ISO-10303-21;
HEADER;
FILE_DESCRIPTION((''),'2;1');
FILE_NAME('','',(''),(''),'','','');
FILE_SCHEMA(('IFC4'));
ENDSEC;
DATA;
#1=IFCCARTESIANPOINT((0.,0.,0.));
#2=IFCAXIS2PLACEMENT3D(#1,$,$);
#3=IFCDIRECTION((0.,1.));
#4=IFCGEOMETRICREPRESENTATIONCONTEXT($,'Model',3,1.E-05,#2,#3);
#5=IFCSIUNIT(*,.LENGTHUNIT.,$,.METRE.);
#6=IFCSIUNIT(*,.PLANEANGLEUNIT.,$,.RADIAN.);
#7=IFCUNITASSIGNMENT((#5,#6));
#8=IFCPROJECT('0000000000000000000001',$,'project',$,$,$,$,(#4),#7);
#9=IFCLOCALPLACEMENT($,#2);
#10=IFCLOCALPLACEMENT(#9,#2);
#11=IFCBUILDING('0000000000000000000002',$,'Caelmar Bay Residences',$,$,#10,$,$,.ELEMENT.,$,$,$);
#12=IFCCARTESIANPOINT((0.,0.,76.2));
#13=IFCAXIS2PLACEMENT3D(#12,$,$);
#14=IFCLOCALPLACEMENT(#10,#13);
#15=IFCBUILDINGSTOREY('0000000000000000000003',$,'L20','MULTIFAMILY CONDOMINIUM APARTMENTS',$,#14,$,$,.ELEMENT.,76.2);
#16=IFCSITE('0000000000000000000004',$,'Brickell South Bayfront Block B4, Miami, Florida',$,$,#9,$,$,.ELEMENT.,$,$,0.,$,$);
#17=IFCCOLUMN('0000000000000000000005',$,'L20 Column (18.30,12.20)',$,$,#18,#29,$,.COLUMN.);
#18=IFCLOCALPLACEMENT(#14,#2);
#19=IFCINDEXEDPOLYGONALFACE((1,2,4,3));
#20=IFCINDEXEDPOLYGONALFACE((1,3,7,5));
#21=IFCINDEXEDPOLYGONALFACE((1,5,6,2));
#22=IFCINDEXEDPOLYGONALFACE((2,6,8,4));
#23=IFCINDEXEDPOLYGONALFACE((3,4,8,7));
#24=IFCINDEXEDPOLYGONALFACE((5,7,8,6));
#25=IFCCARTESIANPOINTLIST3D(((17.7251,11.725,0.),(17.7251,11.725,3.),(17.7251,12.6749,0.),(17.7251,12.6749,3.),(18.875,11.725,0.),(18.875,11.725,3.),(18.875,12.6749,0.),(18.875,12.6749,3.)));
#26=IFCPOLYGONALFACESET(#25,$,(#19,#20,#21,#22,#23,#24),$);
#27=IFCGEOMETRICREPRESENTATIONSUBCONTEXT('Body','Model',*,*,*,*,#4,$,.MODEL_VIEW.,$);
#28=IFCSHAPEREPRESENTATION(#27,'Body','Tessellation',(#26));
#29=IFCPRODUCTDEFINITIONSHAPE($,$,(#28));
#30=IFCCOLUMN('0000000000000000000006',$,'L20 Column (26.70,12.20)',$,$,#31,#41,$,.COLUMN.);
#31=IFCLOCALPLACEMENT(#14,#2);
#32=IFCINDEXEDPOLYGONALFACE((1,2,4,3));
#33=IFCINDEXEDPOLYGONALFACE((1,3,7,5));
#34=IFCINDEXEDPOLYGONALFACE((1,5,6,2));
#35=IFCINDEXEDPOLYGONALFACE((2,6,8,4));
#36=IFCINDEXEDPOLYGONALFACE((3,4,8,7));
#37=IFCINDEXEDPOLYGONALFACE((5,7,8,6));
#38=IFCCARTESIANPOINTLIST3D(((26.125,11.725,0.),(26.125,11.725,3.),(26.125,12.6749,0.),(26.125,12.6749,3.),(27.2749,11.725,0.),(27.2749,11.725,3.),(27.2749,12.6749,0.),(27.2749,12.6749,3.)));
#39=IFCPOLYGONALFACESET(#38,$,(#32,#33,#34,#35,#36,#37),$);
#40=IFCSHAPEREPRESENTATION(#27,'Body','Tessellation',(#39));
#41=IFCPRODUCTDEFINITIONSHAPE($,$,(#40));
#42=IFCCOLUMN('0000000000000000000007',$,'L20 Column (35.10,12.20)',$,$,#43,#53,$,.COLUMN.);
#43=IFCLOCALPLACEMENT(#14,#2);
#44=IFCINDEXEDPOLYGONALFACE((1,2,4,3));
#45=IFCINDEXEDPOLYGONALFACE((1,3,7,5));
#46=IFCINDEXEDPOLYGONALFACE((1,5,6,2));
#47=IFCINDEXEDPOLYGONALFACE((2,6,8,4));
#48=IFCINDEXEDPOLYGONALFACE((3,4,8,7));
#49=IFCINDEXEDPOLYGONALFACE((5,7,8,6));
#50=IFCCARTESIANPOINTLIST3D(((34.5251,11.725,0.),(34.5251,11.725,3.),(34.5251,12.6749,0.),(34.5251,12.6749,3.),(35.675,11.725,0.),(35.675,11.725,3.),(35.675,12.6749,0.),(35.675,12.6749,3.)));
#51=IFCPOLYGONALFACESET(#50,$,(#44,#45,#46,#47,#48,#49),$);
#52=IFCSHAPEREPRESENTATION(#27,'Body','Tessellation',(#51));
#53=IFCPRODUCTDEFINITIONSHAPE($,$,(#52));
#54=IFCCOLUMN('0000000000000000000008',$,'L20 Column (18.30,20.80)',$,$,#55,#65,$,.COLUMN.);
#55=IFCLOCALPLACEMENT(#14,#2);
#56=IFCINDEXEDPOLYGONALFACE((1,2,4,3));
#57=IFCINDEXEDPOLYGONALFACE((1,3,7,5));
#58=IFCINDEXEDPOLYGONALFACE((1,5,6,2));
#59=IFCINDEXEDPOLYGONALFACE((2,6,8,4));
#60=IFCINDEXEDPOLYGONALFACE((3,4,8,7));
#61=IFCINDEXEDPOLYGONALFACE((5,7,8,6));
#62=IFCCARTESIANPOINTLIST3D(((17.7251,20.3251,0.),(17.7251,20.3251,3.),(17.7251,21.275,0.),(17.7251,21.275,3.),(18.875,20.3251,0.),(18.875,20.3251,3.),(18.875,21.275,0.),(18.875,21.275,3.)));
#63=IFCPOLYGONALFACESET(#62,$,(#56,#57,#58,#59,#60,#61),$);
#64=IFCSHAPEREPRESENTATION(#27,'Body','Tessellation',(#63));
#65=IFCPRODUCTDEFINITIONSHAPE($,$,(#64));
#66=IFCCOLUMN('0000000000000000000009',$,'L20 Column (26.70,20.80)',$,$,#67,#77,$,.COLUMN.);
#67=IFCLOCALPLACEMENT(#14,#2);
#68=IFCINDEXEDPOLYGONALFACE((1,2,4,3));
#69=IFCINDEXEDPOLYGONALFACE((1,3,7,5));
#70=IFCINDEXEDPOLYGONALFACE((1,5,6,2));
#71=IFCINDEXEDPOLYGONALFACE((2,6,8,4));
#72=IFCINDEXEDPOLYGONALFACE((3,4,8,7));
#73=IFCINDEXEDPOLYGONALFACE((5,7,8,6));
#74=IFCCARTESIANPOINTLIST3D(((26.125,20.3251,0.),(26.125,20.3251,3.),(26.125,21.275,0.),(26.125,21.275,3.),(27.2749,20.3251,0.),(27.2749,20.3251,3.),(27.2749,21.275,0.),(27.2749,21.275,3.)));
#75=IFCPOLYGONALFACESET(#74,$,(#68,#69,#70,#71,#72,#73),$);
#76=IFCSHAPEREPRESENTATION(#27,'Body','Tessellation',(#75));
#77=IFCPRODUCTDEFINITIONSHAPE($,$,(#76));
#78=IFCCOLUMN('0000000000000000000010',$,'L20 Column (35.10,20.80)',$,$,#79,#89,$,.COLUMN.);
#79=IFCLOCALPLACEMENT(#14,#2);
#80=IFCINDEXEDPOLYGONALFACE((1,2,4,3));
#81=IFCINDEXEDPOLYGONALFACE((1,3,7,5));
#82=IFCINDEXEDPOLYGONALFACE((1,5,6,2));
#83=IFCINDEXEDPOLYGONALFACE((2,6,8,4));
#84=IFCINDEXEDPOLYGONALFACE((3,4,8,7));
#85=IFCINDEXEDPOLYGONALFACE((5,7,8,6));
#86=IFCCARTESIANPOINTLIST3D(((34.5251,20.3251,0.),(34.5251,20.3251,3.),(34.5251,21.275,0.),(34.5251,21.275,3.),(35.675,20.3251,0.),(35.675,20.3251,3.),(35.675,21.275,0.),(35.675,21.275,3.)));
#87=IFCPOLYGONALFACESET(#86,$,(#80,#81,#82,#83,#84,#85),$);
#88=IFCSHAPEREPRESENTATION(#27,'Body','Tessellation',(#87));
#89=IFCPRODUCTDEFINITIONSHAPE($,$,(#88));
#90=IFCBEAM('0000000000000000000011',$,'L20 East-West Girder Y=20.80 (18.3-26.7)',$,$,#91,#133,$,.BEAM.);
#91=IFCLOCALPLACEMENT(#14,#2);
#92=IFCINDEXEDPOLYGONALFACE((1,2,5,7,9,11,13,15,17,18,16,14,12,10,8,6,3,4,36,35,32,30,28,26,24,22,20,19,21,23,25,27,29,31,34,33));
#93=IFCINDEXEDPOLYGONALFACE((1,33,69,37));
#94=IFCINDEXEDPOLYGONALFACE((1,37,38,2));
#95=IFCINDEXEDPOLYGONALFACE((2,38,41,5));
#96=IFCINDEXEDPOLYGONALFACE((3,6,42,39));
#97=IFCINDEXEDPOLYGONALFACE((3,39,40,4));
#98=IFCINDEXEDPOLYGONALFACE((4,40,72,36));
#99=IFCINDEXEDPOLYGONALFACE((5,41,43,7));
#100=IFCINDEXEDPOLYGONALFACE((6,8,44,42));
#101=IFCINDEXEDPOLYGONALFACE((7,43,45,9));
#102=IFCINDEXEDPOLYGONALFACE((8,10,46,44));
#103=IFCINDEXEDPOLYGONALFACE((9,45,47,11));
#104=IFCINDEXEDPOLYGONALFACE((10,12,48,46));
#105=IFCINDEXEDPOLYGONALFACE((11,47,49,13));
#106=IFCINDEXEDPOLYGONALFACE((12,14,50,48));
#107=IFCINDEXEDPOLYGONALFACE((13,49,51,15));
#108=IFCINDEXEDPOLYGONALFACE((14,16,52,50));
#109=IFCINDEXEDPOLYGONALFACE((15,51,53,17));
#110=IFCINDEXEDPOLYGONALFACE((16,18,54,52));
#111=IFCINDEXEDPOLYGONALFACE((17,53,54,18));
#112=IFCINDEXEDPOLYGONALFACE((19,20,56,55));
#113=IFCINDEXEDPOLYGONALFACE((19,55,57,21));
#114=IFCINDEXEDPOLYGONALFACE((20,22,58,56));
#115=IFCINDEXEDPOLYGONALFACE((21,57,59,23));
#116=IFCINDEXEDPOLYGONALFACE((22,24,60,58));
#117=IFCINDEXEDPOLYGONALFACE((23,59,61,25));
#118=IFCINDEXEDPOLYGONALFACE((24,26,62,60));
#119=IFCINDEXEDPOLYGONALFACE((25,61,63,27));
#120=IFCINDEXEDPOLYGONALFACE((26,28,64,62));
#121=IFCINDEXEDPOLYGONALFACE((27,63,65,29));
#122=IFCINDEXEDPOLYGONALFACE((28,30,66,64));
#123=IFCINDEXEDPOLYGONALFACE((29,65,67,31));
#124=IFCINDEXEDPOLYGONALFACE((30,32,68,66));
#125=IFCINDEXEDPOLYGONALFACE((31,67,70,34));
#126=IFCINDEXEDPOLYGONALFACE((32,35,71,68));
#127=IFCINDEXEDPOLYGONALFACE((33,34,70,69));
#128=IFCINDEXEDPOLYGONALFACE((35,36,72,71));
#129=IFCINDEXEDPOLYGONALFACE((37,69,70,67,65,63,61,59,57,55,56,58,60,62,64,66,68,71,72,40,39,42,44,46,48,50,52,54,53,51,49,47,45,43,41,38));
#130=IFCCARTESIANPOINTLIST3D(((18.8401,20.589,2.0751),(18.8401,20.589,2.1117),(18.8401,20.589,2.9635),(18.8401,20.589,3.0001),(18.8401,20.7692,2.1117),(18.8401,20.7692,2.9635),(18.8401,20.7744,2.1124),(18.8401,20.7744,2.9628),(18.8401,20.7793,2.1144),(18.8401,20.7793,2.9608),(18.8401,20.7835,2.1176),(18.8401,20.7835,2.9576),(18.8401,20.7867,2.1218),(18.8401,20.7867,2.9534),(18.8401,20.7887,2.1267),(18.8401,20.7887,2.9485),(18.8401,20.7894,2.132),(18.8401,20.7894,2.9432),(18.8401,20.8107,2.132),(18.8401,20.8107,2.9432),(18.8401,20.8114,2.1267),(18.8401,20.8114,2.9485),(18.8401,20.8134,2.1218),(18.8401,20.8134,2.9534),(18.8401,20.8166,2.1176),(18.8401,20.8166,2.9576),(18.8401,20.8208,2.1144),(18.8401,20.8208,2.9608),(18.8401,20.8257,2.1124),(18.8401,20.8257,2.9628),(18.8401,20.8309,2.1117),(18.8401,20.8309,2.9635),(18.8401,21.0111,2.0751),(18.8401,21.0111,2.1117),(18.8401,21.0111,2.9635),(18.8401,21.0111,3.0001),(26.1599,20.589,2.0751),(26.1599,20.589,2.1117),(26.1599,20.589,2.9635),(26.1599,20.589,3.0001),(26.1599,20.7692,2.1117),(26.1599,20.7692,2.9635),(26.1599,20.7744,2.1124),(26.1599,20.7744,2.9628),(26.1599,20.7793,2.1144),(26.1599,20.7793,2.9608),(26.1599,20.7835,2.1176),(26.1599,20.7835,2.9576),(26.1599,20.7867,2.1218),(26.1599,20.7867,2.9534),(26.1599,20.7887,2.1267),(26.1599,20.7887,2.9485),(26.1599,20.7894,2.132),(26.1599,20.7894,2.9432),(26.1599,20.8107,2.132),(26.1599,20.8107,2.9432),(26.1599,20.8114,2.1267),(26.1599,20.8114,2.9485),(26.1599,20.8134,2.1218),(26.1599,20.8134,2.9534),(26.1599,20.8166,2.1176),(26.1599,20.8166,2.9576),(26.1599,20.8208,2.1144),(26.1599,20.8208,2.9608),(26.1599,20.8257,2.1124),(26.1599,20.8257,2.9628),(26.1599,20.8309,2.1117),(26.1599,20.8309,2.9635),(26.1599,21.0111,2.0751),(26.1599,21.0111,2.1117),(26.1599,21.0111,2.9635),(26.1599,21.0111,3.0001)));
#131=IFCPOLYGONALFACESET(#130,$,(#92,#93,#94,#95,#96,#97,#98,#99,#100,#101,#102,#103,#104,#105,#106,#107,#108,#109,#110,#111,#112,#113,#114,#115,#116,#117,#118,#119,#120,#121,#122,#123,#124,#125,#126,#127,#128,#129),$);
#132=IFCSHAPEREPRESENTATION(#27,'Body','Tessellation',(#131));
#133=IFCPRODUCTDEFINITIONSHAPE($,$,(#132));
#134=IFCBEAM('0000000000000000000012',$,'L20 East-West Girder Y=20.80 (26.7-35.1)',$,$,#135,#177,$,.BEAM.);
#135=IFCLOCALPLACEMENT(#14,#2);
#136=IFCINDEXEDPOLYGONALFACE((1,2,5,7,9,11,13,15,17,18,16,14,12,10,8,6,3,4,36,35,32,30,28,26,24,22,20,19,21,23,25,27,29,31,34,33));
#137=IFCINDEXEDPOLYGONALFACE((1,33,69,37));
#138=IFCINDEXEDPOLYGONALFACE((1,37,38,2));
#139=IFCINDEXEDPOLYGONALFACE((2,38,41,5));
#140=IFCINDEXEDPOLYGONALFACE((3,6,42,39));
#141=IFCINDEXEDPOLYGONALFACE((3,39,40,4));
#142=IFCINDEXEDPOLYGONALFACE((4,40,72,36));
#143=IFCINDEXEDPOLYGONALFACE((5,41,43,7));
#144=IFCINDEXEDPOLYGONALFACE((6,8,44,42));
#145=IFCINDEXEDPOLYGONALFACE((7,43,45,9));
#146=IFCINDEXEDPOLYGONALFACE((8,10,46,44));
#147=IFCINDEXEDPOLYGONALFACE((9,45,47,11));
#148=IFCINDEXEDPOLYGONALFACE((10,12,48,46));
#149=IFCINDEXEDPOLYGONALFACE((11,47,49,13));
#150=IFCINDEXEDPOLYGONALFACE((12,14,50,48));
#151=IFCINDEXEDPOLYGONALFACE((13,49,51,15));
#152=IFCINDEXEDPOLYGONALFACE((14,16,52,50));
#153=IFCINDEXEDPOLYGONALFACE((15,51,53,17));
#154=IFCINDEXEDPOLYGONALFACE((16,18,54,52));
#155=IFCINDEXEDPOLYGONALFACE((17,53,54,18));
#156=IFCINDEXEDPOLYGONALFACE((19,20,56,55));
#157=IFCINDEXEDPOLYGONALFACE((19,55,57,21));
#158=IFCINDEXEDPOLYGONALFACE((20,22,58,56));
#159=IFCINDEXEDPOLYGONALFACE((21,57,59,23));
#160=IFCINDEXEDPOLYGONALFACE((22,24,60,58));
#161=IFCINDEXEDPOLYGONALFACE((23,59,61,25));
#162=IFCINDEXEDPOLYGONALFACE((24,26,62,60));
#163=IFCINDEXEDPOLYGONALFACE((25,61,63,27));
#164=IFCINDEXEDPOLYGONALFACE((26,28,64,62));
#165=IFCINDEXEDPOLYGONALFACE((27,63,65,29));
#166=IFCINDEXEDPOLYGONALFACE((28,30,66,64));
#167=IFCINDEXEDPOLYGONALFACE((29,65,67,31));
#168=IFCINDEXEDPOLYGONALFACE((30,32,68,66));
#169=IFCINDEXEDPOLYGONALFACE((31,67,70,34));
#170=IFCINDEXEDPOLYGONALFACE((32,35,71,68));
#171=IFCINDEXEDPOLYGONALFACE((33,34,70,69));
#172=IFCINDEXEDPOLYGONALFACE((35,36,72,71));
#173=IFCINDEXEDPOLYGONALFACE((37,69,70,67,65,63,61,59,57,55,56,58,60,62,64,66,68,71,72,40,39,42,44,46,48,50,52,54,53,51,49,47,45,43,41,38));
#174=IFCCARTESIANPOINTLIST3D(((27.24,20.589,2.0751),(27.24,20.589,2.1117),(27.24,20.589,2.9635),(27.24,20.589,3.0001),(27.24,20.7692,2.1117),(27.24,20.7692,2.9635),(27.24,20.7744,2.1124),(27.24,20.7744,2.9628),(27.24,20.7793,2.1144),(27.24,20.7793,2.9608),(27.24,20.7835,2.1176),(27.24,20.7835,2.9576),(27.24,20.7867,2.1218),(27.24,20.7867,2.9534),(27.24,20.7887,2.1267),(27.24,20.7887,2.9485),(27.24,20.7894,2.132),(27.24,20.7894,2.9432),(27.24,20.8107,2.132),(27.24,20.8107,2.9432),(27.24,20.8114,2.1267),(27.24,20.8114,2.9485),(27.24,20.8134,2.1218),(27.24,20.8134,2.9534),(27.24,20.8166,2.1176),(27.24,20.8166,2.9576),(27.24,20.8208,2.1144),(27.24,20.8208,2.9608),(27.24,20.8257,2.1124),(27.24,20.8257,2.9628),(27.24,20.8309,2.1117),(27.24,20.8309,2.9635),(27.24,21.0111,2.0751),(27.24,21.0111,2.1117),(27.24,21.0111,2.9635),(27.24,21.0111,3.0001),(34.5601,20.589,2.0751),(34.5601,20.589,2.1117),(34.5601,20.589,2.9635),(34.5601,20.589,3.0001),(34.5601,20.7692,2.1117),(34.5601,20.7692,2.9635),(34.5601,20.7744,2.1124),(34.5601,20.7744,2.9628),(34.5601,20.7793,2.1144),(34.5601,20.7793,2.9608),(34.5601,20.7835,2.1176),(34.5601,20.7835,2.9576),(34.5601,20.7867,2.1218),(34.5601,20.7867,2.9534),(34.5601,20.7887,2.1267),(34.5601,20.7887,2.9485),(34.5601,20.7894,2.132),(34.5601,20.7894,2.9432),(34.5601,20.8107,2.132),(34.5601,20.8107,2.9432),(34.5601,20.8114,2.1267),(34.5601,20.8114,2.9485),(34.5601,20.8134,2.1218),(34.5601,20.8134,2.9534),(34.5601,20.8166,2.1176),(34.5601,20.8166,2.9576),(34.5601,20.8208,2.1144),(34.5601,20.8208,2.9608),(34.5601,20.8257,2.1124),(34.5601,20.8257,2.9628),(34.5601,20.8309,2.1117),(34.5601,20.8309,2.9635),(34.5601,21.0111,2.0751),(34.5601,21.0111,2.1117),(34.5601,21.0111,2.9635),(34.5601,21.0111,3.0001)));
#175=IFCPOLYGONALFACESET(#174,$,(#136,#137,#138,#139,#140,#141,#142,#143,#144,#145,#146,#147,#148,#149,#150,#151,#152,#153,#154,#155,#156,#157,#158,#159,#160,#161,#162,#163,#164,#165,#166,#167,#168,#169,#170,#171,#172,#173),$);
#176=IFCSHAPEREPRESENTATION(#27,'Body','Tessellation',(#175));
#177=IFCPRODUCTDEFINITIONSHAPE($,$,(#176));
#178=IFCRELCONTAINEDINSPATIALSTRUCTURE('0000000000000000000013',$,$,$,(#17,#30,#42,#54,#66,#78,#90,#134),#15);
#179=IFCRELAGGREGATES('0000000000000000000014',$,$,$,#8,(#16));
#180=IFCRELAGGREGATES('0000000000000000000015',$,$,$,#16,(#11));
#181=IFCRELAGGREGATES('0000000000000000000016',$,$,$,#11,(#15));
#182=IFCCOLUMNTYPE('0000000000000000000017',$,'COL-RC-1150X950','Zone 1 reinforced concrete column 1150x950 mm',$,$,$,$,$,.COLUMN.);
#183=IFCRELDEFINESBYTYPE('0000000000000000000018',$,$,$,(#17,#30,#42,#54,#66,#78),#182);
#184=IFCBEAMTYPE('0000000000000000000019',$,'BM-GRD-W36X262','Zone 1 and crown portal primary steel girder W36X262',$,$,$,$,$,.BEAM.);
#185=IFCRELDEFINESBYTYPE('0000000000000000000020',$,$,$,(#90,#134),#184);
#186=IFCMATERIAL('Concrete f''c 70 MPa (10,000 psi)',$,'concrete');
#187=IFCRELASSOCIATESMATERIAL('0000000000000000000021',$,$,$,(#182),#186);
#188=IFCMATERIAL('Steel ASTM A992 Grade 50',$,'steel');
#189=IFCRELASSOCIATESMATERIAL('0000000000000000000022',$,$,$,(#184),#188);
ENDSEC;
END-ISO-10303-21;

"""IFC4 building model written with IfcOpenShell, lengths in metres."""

from ifc_helpers import new_model, si_unit, direction, frame, origin, origin_2d, place, context, subcontext, project, spatial, rectangle, i_section, extrude, material, material_profile, profile_set, type_object, element, save


model = new_model("IFC4")

# Units and contexts
model_context = context("Model", 3, precision=1e-05, world=origin(), true_north=direction((0.0, 1.0)))
body_context = subcontext(model_context, "Body", "Model", "MODEL_VIEW")
ifc_project = project(units=[si_unit("LENGTHUNIT", "METRE"), si_unit("PLANEANGLEUNIT", "RADIAN")], contexts=[model_context])

# Site, building, storey
site_placement = place(None, origin())
site = spatial("IfcSite", under=ifc_project, at=site_placement, Name="Brickell South Bayfront Block B4, Miami, Florida", CompositionType="ELEMENT", RefElevation=0.0)
building_placement = place(site_placement, origin())
building = spatial("IfcBuilding", under=site, at=building_placement, Name="Caelmar Bay Residences", CompositionType="ELEMENT")
storey_placement = place(building_placement, frame((0.0, 0.0, 76.2)))
storey = spatial("IfcBuildingStorey", under=building, at=storey_placement, Name="L20", Description="MULTIFAMILY CONDOMINIUM APARTMENTS", CompositionType="ELEMENT", Elevation=76.2)

# Columns
ifc_material_1 = material(Name="Concrete f'c 70 MPa (10,000 psi)", Category="concrete")
ifc_material_profile_1 = material_profile(ifc_material_1, rectangle(XDim=1.1499, YDim=0.95, at=origin_2d()), Name="RC-COL-1150X950")
ifc_profile_set_1 = profile_set([ifc_material_profile_1], Name="Concrete f'c 70 MPa (10,000 psi)")
column_type = type_object("IfcColumnType", Name="COL-RC-1150X950", Description="Zone 1 reinforced concrete column 1150x950 mm", PredefinedType="COLUMN", material=ifc_profile_set_1)
for number, where, z_axis, x_axis, name in (
    (1, (18.3, 12.2, 0.0), (0.0, 0.0, 1.0), (1.0, 0.0, 0.0), "L20 Column (18.30,12.20)"),
    (2, (26.7, 12.2, 0.0), (0.0, 0.0, 1.0), (1.0, 0.0, 0.0), "L20 Column (26.70,12.20)"),
    (3, (35.1001, 12.2, 0.0), (0.0, 0.0, 1.0), (1.0, 0.0, 0.0), "L20 Column (35.10,12.20)"),
    (4, (18.3, 20.8, 0.0), (0.0, 0.0, 1.0), (1.0, 0.0, 0.0), "L20 Column (18.30,20.80)"),
    (5, (26.7, 20.8, 0.0), (0.0, 0.0, 1.0), (1.0, 0.0, 0.0), "L20 Column (26.70,20.80)"),
    (6, (35.1001, 20.8, 0.0), (0.0, 0.0, 1.0), (1.0, 0.0, 0.0), "L20 Column (35.10,20.80)"),
):
    element("IfcColumn", number, at=place(storey_placement, frame(where, z_axis=z_axis, x_axis=x_axis)), inside=storey, type_object=column_type, Name=name, PredefinedType="COLUMN", context=body_context, shape_type="SweptSolid", body=[
        extrude(rectangle(XDim=1.1499, YDim=0.95, at=origin_2d()), origin(), (0.0, 0.0, 1.0), 3.0),
    ])

# Beams
ifc_material_2 = material(Name="Steel ASTM A992 Grade 50", Category="steel")
ifc_material_profile_2 = material_profile(ifc_material_2, i_section(OverallWidth=0.4221, OverallDepth=0.925, WebThickness=0.0212, FlangeThickness=0.0366, FilletRadius=0.0203, at=origin_2d()), Name="W36X262")
ifc_profile_set_2 = profile_set([ifc_material_profile_2], Name="Steel ASTM A992 Grade 50")
beam_type_1 = type_object("IfcBeamType", Name="BM-GRD-W36X262", Description="Zone 1 and crown portal primary steel girder W36X262", PredefinedType="BEAM", material=ifc_profile_set_2)
beam_1_placement = place(storey_placement, frame((18.8401, 20.8, 2.5376), z_axis=(1.0, 0.0, 0.0), x_axis=(0.0, 1.0, 0.0)))
element("IfcBeam", 7, at=beam_1_placement, inside=storey, type_object=beam_type_1, Name="L20 East-West Girder Y=20.80 (18.3-26.7)", PredefinedType="BEAM", context=body_context, shape_type="SweptSolid", body=[
    extrude(i_section(OverallWidth=0.4221, OverallDepth=0.925, WebThickness=0.0212, FlangeThickness=0.0366, FilletRadius=0.0203, at=origin_2d()), origin(), (0.0, 0.0, 1.0), 7.3198),
])
beam_2_placement = place(storey_placement, frame((27.24, 20.8, 2.5376), z_axis=(1.0, 0.0, 0.0), x_axis=(0.0, 1.0, 0.0)))
element("IfcBeam", 8, at=beam_2_placement, inside=storey, type_object=beam_type_1, Name="L20 East-West Girder Y=20.80 (26.7-35.1)", PredefinedType="BEAM", context=body_context, shape_type="SweptSolid", body=[
    extrude(i_section(OverallWidth=0.4221, OverallDepth=0.925, WebThickness=0.0212, FlangeThickness=0.0366, FilletRadius=0.0203, at=origin_2d()), origin(), (0.0, 0.0, 1.0), 7.3201),
])

save(model, "model.ifc")
